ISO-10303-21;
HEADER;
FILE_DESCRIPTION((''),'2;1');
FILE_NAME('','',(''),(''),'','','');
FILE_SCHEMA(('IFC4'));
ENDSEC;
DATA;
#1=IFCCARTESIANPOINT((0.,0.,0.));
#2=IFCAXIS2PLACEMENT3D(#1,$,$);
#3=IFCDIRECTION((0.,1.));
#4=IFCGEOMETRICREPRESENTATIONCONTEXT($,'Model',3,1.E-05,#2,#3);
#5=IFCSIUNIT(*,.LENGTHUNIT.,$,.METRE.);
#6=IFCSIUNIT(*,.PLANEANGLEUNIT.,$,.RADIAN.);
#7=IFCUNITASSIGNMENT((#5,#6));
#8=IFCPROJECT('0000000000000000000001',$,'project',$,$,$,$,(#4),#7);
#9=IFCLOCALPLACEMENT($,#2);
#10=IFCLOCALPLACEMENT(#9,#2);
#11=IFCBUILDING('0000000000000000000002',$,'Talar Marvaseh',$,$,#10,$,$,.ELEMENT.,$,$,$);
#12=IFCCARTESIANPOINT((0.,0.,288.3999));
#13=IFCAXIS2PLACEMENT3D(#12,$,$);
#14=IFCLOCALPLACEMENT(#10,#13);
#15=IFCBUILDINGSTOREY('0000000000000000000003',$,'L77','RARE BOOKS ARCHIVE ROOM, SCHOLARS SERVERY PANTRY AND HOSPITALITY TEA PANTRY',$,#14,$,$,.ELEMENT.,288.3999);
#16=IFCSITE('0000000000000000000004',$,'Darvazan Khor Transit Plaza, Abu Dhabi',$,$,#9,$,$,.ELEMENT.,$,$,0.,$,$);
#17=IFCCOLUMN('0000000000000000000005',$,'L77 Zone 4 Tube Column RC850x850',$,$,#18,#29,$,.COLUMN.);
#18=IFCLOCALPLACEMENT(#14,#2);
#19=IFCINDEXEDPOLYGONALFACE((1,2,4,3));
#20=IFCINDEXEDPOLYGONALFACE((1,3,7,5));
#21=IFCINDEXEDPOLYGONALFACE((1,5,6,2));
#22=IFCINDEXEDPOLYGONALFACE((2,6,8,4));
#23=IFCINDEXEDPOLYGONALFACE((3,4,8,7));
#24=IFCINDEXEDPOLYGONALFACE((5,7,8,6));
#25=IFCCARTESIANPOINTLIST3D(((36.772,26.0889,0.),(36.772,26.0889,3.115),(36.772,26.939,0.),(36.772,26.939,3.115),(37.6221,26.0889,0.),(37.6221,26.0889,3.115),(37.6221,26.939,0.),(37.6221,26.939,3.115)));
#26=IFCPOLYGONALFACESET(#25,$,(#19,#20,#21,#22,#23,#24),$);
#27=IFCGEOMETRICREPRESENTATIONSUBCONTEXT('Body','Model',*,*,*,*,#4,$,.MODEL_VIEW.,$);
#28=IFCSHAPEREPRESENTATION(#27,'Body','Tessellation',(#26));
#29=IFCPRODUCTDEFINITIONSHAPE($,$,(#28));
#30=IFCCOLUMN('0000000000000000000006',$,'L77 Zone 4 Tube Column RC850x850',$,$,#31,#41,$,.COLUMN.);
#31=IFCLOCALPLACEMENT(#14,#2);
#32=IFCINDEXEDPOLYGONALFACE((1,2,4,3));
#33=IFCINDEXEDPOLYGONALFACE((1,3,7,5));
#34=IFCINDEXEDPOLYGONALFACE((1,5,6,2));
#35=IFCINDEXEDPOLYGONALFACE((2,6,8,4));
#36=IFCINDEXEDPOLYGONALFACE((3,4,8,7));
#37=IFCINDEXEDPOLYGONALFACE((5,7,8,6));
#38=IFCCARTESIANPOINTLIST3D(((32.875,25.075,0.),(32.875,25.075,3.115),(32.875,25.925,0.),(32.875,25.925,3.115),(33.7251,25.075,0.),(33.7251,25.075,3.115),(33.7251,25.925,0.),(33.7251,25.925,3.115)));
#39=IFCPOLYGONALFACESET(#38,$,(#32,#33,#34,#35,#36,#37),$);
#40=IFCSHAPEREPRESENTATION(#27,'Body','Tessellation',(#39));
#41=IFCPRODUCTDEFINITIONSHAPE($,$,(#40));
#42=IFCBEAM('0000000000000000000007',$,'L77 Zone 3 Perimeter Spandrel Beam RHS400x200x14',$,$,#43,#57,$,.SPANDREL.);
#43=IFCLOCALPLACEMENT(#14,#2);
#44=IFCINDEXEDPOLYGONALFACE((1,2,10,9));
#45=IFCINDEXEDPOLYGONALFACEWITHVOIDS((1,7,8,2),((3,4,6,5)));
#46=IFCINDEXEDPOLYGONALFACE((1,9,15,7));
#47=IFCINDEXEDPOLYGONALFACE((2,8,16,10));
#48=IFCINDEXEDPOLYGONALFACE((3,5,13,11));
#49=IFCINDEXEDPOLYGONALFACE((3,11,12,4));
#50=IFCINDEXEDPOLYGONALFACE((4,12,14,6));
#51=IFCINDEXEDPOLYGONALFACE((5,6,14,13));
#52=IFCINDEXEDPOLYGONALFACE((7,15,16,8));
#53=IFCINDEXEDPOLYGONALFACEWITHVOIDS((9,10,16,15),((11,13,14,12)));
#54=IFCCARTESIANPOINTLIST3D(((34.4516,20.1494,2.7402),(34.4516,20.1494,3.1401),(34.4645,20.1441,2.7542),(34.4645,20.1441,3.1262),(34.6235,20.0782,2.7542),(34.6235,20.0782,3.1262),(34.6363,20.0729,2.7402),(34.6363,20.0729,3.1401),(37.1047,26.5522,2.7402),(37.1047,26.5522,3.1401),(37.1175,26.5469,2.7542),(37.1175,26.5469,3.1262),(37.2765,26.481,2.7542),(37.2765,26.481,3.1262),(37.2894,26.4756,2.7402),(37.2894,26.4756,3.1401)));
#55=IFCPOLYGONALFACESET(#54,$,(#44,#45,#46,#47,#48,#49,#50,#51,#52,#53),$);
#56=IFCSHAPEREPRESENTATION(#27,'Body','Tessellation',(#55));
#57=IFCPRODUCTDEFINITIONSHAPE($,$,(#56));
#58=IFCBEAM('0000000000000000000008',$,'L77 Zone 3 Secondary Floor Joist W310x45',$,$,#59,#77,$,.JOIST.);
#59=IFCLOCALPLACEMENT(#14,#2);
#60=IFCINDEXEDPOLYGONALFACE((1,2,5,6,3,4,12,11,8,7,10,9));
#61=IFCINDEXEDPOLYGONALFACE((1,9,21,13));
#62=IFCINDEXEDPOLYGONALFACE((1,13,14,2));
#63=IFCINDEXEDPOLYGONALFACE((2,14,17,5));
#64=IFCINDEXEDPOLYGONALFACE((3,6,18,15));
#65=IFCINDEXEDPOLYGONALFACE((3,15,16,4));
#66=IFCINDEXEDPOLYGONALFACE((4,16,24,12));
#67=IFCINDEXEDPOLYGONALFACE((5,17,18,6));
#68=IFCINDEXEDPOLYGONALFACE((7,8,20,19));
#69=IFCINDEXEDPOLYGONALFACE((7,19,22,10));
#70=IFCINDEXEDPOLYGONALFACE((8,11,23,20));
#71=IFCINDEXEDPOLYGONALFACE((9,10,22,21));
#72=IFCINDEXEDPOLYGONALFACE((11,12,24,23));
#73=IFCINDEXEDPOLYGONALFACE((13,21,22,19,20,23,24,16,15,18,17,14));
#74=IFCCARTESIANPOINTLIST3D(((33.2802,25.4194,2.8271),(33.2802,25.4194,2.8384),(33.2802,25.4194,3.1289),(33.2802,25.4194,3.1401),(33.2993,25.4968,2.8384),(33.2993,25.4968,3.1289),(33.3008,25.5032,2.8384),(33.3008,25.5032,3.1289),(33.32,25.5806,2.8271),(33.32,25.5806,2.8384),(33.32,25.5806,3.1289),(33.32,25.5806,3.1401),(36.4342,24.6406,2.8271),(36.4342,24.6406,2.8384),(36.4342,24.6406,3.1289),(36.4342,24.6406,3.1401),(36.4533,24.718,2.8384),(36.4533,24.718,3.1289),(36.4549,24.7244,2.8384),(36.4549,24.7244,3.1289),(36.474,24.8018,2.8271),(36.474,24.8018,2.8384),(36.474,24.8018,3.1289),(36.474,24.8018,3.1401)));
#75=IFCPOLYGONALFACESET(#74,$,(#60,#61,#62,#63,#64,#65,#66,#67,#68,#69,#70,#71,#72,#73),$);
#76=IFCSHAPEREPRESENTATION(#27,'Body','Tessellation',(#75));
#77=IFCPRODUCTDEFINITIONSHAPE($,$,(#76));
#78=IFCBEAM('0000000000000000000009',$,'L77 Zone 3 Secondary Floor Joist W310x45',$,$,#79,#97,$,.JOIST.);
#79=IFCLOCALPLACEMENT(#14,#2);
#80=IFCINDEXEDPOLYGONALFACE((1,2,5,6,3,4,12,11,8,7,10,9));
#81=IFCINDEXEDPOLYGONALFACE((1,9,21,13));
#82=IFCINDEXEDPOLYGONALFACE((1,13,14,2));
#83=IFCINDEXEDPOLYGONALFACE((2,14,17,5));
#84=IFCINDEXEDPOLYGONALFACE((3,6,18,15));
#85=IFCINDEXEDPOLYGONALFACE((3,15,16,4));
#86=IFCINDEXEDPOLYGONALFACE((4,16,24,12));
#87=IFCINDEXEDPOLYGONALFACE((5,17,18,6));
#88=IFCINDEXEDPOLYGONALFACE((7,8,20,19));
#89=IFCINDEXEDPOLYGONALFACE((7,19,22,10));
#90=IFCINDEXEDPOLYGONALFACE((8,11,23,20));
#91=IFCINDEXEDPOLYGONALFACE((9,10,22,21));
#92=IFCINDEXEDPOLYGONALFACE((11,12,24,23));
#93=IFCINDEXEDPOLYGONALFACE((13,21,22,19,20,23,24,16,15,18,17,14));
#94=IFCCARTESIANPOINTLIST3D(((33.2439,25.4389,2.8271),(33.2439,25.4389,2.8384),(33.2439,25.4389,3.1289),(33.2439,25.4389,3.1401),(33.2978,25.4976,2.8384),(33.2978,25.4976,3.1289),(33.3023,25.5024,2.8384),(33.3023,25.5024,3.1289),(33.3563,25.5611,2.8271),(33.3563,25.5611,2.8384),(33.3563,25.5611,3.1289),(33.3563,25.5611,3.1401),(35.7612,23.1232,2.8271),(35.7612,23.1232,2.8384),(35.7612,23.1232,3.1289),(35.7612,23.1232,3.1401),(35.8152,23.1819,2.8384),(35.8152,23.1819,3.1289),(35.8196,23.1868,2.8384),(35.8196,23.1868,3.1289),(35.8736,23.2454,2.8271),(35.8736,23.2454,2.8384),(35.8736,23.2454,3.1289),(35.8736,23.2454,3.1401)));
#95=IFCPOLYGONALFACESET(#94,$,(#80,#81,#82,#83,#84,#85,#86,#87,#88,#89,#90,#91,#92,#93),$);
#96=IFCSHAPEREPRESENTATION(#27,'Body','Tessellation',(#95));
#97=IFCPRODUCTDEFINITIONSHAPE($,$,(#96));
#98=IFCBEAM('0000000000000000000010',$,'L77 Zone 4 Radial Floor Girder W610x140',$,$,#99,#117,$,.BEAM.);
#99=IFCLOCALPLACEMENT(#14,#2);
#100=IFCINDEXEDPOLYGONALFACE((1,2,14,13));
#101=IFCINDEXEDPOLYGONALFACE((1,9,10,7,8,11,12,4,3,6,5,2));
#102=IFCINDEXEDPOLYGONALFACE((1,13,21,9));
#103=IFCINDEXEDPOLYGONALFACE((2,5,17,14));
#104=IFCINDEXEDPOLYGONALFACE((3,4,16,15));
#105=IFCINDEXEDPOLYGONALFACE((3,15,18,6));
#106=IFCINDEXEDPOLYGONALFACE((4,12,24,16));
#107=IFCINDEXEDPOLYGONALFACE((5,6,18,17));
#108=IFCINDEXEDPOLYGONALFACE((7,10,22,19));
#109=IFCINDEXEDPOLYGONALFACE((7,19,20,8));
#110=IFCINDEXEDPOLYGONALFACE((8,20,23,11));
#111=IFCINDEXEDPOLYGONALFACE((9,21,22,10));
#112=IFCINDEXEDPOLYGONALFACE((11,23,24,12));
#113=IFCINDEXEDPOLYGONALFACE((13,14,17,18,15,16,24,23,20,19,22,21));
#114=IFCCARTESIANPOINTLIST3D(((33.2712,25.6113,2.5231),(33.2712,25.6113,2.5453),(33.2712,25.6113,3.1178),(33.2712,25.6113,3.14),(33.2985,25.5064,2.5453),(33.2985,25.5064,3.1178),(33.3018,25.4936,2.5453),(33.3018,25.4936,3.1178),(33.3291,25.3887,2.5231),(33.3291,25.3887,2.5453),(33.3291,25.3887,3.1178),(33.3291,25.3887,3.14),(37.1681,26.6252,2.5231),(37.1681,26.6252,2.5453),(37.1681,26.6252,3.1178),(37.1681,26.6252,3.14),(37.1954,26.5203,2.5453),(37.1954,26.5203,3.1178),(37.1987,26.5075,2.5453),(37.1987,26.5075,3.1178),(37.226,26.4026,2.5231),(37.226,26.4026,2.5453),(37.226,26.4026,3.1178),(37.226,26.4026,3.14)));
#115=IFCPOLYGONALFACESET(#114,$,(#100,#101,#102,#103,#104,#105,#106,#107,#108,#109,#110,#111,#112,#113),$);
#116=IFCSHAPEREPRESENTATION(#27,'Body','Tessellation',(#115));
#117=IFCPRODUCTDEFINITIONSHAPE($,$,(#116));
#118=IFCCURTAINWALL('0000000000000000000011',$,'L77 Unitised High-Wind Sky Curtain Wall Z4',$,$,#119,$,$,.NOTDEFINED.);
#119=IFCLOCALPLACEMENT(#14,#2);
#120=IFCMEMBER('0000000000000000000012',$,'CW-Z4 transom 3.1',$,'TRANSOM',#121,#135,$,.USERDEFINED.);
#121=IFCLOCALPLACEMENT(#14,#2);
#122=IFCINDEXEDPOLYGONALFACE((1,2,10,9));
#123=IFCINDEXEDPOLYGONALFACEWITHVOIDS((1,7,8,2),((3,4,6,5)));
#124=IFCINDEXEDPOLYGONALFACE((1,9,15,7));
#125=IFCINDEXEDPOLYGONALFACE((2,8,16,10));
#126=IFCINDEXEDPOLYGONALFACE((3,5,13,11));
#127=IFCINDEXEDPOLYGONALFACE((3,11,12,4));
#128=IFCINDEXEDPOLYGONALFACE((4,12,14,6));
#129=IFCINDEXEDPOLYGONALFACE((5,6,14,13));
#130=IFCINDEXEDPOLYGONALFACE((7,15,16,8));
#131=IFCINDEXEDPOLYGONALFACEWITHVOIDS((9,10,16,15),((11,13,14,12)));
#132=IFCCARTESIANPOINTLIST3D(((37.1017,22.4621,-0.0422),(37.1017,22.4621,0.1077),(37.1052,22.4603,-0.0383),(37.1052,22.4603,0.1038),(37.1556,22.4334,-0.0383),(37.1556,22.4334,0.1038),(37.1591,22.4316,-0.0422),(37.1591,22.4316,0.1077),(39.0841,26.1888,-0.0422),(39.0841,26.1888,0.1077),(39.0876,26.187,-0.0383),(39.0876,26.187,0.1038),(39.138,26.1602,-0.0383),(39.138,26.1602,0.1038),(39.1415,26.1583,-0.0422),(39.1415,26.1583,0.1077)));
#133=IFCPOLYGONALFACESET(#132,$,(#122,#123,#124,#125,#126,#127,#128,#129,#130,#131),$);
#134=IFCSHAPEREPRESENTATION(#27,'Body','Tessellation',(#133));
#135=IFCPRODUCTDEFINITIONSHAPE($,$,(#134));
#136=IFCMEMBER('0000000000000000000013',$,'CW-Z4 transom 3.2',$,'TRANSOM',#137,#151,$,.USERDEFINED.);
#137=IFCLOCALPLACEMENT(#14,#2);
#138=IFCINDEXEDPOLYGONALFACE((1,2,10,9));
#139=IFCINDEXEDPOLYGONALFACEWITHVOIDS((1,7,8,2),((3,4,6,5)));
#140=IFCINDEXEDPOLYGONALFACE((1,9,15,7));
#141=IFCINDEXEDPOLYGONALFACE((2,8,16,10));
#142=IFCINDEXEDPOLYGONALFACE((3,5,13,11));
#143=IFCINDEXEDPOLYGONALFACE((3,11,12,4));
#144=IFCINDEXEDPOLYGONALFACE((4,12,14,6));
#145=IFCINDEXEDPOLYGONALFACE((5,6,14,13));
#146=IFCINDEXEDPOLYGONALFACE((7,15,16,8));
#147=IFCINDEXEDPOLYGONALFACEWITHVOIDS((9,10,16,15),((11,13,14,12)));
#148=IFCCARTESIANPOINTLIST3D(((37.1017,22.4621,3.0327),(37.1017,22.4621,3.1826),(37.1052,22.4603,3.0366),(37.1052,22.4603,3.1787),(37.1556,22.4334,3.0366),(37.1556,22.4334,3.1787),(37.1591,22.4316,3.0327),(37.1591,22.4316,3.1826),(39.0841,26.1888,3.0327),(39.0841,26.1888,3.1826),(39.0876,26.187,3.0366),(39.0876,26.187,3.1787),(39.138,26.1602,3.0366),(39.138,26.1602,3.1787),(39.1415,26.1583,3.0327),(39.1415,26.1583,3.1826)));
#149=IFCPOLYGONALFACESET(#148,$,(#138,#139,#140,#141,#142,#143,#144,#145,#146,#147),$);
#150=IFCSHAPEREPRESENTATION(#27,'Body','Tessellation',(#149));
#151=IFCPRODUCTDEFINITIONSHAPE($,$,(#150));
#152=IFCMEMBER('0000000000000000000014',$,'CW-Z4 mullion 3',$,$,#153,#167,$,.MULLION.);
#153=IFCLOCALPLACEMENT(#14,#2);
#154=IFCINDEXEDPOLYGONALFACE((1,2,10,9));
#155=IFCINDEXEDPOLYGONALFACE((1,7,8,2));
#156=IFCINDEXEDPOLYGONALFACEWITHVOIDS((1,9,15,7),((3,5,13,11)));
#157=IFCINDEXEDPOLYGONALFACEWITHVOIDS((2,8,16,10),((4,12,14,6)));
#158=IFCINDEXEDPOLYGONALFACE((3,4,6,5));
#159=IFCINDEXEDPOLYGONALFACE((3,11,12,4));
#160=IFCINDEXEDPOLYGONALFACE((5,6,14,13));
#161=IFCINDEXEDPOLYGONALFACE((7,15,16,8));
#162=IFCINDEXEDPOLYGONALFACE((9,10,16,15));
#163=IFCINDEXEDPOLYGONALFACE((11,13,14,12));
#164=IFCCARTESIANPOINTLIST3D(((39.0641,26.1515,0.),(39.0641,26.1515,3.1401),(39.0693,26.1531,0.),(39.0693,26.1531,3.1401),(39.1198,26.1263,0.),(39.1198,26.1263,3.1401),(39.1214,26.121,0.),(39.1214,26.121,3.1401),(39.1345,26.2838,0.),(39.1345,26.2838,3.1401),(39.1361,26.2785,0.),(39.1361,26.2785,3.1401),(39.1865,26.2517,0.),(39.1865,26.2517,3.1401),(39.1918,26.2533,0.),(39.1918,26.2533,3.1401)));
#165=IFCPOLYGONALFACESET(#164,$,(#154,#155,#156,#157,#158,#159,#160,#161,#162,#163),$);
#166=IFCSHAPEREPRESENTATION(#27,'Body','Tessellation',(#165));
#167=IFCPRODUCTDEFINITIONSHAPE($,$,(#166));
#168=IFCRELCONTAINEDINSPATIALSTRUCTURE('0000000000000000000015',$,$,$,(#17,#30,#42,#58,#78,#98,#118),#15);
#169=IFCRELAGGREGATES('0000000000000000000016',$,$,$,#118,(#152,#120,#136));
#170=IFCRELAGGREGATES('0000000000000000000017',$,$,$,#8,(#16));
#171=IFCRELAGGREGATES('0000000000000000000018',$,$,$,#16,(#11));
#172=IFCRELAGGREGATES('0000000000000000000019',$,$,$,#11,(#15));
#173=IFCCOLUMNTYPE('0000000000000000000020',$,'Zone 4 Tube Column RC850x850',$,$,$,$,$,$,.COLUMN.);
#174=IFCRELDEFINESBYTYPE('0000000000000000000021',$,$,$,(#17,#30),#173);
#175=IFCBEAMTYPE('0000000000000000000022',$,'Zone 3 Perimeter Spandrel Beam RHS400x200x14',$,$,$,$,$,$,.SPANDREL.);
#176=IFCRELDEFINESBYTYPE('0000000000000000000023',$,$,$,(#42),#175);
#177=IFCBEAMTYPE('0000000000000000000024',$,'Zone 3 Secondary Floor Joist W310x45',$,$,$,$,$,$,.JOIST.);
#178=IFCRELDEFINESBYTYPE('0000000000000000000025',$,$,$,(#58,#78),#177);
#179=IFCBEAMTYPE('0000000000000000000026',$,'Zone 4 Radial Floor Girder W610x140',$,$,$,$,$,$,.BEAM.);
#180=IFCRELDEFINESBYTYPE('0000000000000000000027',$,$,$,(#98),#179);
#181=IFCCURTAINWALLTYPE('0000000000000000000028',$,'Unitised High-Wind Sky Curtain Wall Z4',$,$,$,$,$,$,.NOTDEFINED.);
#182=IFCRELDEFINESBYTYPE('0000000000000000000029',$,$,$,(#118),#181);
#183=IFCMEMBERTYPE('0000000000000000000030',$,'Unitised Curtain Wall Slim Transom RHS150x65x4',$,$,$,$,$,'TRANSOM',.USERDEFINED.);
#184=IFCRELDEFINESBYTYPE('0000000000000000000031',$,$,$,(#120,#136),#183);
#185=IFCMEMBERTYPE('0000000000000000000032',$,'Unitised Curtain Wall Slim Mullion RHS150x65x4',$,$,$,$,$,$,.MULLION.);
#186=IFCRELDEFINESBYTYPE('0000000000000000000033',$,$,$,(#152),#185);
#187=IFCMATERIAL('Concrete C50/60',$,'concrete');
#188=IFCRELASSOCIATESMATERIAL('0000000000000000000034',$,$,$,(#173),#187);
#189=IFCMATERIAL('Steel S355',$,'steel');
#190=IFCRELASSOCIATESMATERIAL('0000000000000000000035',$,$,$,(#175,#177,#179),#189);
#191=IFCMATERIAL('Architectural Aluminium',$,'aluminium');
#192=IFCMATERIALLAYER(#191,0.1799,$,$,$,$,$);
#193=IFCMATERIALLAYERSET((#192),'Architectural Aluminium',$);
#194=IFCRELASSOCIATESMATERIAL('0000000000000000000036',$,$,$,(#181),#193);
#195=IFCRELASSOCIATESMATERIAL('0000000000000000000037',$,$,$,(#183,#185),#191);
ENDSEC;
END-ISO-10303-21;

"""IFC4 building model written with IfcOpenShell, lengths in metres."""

from ifc_helpers import new_model, si_unit, direction, frame, origin, origin_2d, place, context, subcontext, project, spatial, rectangle, hollow_rectangle, i_section, extrude, source, transform, mapped, material, layer, layer_set, material_profile, profile_set, type_object, type_shapes, element, aggregate, save


model = new_model("IFC4")

# Units and contexts
model_context = context("Model", 3, precision=1e-05, world=origin(), true_north=direction((0.0, 1.0)))
body_context = subcontext(model_context, "Body", "Model", "MODEL_VIEW")
ifc_project = project(units=[si_unit("LENGTHUNIT", "METRE"), si_unit("PLANEANGLEUNIT", "RADIAN")], contexts=[model_context])

# Site, building, storey
site_placement = place(None, origin())
site = spatial("IfcSite", under=ifc_project, at=site_placement, Name="Darvazan Khor Transit Plaza, Abu Dhabi", CompositionType="ELEMENT", RefElevation=0.0)
building_placement = place(site_placement, origin())
building = spatial("IfcBuilding", under=site, at=building_placement, Name="Talar Marvaseh", CompositionType="ELEMENT")
storey_placement = place(building_placement, frame((0.0, 0.0, 288.3999)))
storey = spatial("IfcBuildingStorey", under=building, at=storey_placement, Name="L77", Description="RARE BOOKS ARCHIVE ROOM, SCHOLARS SERVERY PANTRY AND HOSPITALITY TEA PANTRY", CompositionType="ELEMENT", Elevation=288.3999)

# Columns
ifc_material_1 = material(Name="Concrete C50/60", Category="concrete")
ifc_material_profile_1 = material_profile(ifc_material_1, rectangle(XDim=0.8501, YDim=0.8501, at=origin_2d()), Name="RC850x850")
ifc_profile_set_1 = profile_set([ifc_material_profile_1], Name="Concrete C50/60")
column_type = type_object("IfcColumnType", Name="Zone 4 Tube Column RC850x850", PredefinedType="COLUMN", material=ifc_profile_set_1)
for number, where, z_axis, x_axis, name in (
    (1, (37.197, 26.5139, 0.0), (0.0, 0.0, 1.0), (1.0, 0.0, 0.0), "L77 Zone 4 Tube Column RC850x850"),
    (2, (33.3, 25.5, 0.0), (0.0, 0.0, 1.0), (1.0, 0.0, 0.0), "L77 Zone 4 Tube Column RC850x850"),
):
    element("IfcColumn", number, at=place(storey_placement, frame(where, z_axis=z_axis, x_axis=x_axis)), inside=storey, type_object=column_type, Name=name, PredefinedType="COLUMN", context=body_context, shape_type="SweptSolid", body=[
        extrude(rectangle(XDim=0.8501, YDim=0.8501, at=origin_2d()), origin(), (0.0, 0.0, 1.0), 3.115),
    ])

# Beams
ifc_material_2 = material(Name="Steel S355", Category="steel")
ifc_material_profile_2 = material_profile(ifc_material_2, hollow_rectangle(XDim=0.2, YDim=0.3999, WallThickness=0.0139, at=origin_2d()), Name="RHS400x200x14")
ifc_profile_set_2 = profile_set([ifc_material_profile_2], Name="Steel S355")
beam_type_1 = type_object("IfcBeamType", Name="Zone 3 Perimeter Spandrel Beam RHS400x200x14", PredefinedType="SPANDREL", material=ifc_profile_set_2)
beam_1_placement = place(storey_placement, frame((37.197, 26.5139, 2.9402), z_axis=(-0.382799, -0.923832, 0.0), x_axis=(0.923832, -0.382799, 0.0)))
element("IfcBeam", 3, at=beam_1_placement, inside=storey, type_object=beam_type_1, Name="L77 Zone 3 Perimeter Spandrel Beam RHS400x200x14", PredefinedType="SPANDREL", context=body_context, shape_type="SweptSolid", body=[
    extrude(hollow_rectangle(XDim=0.2, YDim=0.3999, WallThickness=0.0139, at=origin_2d()), origin(), (0.0, 0.0, 1.0), 6.9307),
])
ifc_material_profile_3 = material_profile(ifc_material_2, i_section(OverallWidth=0.166, OverallDepth=0.313, WebThickness=0.0066, FlangeThickness=0.0112, at=origin_2d()), Name="W310x45")
ifc_profile_set_3 = profile_set([ifc_material_profile_3], Name="Steel S355")
beam_type_2 = type_object("IfcBeamType", Name="Zone 3 Secondary Floor Joist W310x45", PredefinedType="JOIST", material=ifc_profile_set_3)
beam_2_placement = place(storey_placement, frame((36.4541, 24.7212, 2.9836), z_axis=(-0.970841, 0.239723, 0.0), x_axis=(-0.239723, -0.970841, 0.0)))
element("IfcBeam", 4, at=beam_2_placement, inside=storey, type_object=beam_type_2, Name="L77 Zone 3 Secondary Floor Joist W310x45", PredefinedType="JOIST", context=body_context, shape_type="SweptSolid", body=[
    extrude(i_section(OverallWidth=0.166, OverallDepth=0.313, WebThickness=0.0066, FlangeThickness=0.0112, at=origin_2d()), origin(), (0.0, 0.0, 1.0), 3.2488),
])
beam_3_placement = place(storey_placement, frame((35.8174, 23.1843, 2.9836), z_axis=(-0.735971, 0.677013, 0.0), x_axis=(-0.677013, -0.735971, 0.0)))
element("IfcBeam", 5, at=beam_3_placement, inside=storey, type_object=beam_type_2, Name="L77 Zone 3 Secondary Floor Joist W310x45", PredefinedType="JOIST", context=body_context, shape_type="SweptSolid", body=[
    extrude(i_section(OverallWidth=0.166, OverallDepth=0.313, WebThickness=0.0066, FlangeThickness=0.0112, at=origin_2d()), origin(), (0.0, 0.0, 1.0), 3.4204),
])
ifc_material_profile_4 = material_profile(ifc_material_2, i_section(OverallWidth=0.23, OverallDepth=0.6169, WebThickness=0.0132, FlangeThickness=0.0222, at=origin_2d()), Name="W610x140")
ifc_profile_set_4 = profile_set([ifc_material_profile_4], Name="Steel S355")
beam_type_3 = type_object("IfcBeamType", Name="Zone 4 Radial Floor Girder W610x140", PredefinedType="BEAM", material=ifc_profile_set_4)
beam_4_placement = place(storey_placement, frame((37.197, 26.5139, 2.8315), z_axis=(-0.96778, -0.251797, 0.0), x_axis=(0.251797, -0.96778, 0.0)))
element("IfcBeam", 6, at=beam_4_placement, inside=storey, type_object=beam_type_3, Name="L77 Zone 4 Radial Floor Girder W610x140", PredefinedType="BEAM", context=body_context, shape_type="SweptSolid", body=[
    extrude(i_section(OverallWidth=0.23, OverallDepth=0.6169, WebThickness=0.0132, FlangeThickness=0.0222, at=origin_2d()), origin(), (0.0, 0.0, 1.0), 4.0266),
])

# Curtain wall, members
ifc_material_3 = material(Name="Architectural Aluminium", Category="aluminium")
ifc_layer_1 = layer(ifc_material_3, 0.1799)
ifc_layer_set_1 = layer_set([ifc_layer_1], Name="Architectural Aluminium")
curtain_wall_type = type_object("IfcCurtainWallType", Name="Unitised High-Wind Sky Curtain Wall Z4", PredefinedType="NOTDEFINED", material=ifc_layer_set_1)
curtain_wall_placement = place(storey_placement, origin())
curtain_wall = element("IfcCurtainWall", 7, at=curtain_wall_placement, inside=storey, type_object=curtain_wall_type, Name="L77 Unitised High-Wind Sky Curtain Wall Z4", PredefinedType="NOTDEFINED")
ifc_material_profile_5 = material_profile(ifc_material_3, hollow_rectangle(XDim=0.0649, YDim=0.1499, WallThickness=0.0039, at=origin_2d()), Name="RHS150x65x4")
ifc_profile_set_5 = profile_set([ifc_material_profile_5], Name="Architectural Aluminium")
member_type_1 = type_object("IfcMemberType", Name="Unitised Curtain Wall Slim Transom RHS150x65x4", ElementType="TRANSOM", PredefinedType="USERDEFINED", material=ifc_profile_set_5)
shared_shape_1 = source(origin(), body_context, "Body", "SweptSolid", [
    extrude(hollow_rectangle(XDim=0.0649, YDim=0.1499, WallThickness=0.0039, at=origin_2d()), origin(), (0.0, 0.0, 1.0), 4.2212),
])
type_shapes(member_type_1, [shared_shape_1])
member_1_placement = place(storey_placement, frame((39.1128, 26.1736, 0.0327), z_axis=(-0.469627, -0.882865, 0.0), x_axis=(0.882865, -0.469627, 0.0)))
member_1 = element("IfcMember", 8, at=member_1_placement, type_object=member_type_1, Name="CW-Z4 transom 3.1", ObjectType="TRANSOM", PredefinedType="USERDEFINED", context=body_context, shape_type="MappedRepresentation", body=[
    mapped(shared_shape_1, transform((0.0, 0.0, 0.0), x_axis=(1.0, 0.0, 0.0), y_axis=(0.0, 1.0, 0.0), z_axis=(0.0, 0.0, 1.0), scale=1.0)),
])
member_2_placement = place(storey_placement, frame((39.1128, 26.1736, 3.1077), z_axis=(-0.469627, -0.882865, 0.0), x_axis=(0.882865, -0.469627, 0.0)))
member_2 = element("IfcMember", 9, at=member_2_placement, type_object=member_type_1, Name="CW-Z4 transom 3.2", ObjectType="TRANSOM", PredefinedType="USERDEFINED", context=body_context, shape_type="MappedRepresentation", body=[
    mapped(shared_shape_1, transform((0.0, 0.0, 0.0), x_axis=(1.0, 0.0, 0.0), y_axis=(0.0, 1.0, 0.0), z_axis=(0.0, 0.0, 1.0), scale=1.0)),
])
ifc_material_profile_6 = material_profile(ifc_material_3, hollow_rectangle(XDim=0.0649, YDim=0.1499, WallThickness=0.0039, at=origin_2d()), Name="RHS150x65x4")
ifc_profile_set_6 = profile_set([ifc_material_profile_6], Name="Architectural Aluminium")
member_type_2 = type_object("IfcMemberType", Name="Unitised Curtain Wall Slim Mullion RHS150x65x4", PredefinedType="MULLION", material=ifc_profile_set_6)
shared_shape_2 = source(origin(), body_context, "Body", "SweptSolid", [
    extrude(hollow_rectangle(XDim=0.0649, YDim=0.1499, WallThickness=0.0039, at=origin_2d()), origin(), (0.0, 0.0, 1.0), 3.1401),
])
type_shapes(member_type_2, [shared_shape_2])
member_3_placement = place(storey_placement, frame((39.1279, 26.2024, 0.0), z_axis=(0.0, 0.0, 1.0), x_axis=(0.882877, -0.469604, 0.0)))
member_3 = element("IfcMember", 10, at=member_3_placement, type_object=member_type_2, Name="CW-Z4 mullion 3", PredefinedType="MULLION", context=body_context, shape_type="MappedRepresentation", body=[
    mapped(shared_shape_2, transform((0.0, 0.0, 0.0), x_axis=(1.0, 0.0, 0.0), y_axis=(0.0, 1.0, 0.0), z_axis=(0.0, 0.0, 1.0), scale=1.0)),
])
aggregate(curtain_wall, [member_3, member_1, member_2])

save(model, "model.ifc")
